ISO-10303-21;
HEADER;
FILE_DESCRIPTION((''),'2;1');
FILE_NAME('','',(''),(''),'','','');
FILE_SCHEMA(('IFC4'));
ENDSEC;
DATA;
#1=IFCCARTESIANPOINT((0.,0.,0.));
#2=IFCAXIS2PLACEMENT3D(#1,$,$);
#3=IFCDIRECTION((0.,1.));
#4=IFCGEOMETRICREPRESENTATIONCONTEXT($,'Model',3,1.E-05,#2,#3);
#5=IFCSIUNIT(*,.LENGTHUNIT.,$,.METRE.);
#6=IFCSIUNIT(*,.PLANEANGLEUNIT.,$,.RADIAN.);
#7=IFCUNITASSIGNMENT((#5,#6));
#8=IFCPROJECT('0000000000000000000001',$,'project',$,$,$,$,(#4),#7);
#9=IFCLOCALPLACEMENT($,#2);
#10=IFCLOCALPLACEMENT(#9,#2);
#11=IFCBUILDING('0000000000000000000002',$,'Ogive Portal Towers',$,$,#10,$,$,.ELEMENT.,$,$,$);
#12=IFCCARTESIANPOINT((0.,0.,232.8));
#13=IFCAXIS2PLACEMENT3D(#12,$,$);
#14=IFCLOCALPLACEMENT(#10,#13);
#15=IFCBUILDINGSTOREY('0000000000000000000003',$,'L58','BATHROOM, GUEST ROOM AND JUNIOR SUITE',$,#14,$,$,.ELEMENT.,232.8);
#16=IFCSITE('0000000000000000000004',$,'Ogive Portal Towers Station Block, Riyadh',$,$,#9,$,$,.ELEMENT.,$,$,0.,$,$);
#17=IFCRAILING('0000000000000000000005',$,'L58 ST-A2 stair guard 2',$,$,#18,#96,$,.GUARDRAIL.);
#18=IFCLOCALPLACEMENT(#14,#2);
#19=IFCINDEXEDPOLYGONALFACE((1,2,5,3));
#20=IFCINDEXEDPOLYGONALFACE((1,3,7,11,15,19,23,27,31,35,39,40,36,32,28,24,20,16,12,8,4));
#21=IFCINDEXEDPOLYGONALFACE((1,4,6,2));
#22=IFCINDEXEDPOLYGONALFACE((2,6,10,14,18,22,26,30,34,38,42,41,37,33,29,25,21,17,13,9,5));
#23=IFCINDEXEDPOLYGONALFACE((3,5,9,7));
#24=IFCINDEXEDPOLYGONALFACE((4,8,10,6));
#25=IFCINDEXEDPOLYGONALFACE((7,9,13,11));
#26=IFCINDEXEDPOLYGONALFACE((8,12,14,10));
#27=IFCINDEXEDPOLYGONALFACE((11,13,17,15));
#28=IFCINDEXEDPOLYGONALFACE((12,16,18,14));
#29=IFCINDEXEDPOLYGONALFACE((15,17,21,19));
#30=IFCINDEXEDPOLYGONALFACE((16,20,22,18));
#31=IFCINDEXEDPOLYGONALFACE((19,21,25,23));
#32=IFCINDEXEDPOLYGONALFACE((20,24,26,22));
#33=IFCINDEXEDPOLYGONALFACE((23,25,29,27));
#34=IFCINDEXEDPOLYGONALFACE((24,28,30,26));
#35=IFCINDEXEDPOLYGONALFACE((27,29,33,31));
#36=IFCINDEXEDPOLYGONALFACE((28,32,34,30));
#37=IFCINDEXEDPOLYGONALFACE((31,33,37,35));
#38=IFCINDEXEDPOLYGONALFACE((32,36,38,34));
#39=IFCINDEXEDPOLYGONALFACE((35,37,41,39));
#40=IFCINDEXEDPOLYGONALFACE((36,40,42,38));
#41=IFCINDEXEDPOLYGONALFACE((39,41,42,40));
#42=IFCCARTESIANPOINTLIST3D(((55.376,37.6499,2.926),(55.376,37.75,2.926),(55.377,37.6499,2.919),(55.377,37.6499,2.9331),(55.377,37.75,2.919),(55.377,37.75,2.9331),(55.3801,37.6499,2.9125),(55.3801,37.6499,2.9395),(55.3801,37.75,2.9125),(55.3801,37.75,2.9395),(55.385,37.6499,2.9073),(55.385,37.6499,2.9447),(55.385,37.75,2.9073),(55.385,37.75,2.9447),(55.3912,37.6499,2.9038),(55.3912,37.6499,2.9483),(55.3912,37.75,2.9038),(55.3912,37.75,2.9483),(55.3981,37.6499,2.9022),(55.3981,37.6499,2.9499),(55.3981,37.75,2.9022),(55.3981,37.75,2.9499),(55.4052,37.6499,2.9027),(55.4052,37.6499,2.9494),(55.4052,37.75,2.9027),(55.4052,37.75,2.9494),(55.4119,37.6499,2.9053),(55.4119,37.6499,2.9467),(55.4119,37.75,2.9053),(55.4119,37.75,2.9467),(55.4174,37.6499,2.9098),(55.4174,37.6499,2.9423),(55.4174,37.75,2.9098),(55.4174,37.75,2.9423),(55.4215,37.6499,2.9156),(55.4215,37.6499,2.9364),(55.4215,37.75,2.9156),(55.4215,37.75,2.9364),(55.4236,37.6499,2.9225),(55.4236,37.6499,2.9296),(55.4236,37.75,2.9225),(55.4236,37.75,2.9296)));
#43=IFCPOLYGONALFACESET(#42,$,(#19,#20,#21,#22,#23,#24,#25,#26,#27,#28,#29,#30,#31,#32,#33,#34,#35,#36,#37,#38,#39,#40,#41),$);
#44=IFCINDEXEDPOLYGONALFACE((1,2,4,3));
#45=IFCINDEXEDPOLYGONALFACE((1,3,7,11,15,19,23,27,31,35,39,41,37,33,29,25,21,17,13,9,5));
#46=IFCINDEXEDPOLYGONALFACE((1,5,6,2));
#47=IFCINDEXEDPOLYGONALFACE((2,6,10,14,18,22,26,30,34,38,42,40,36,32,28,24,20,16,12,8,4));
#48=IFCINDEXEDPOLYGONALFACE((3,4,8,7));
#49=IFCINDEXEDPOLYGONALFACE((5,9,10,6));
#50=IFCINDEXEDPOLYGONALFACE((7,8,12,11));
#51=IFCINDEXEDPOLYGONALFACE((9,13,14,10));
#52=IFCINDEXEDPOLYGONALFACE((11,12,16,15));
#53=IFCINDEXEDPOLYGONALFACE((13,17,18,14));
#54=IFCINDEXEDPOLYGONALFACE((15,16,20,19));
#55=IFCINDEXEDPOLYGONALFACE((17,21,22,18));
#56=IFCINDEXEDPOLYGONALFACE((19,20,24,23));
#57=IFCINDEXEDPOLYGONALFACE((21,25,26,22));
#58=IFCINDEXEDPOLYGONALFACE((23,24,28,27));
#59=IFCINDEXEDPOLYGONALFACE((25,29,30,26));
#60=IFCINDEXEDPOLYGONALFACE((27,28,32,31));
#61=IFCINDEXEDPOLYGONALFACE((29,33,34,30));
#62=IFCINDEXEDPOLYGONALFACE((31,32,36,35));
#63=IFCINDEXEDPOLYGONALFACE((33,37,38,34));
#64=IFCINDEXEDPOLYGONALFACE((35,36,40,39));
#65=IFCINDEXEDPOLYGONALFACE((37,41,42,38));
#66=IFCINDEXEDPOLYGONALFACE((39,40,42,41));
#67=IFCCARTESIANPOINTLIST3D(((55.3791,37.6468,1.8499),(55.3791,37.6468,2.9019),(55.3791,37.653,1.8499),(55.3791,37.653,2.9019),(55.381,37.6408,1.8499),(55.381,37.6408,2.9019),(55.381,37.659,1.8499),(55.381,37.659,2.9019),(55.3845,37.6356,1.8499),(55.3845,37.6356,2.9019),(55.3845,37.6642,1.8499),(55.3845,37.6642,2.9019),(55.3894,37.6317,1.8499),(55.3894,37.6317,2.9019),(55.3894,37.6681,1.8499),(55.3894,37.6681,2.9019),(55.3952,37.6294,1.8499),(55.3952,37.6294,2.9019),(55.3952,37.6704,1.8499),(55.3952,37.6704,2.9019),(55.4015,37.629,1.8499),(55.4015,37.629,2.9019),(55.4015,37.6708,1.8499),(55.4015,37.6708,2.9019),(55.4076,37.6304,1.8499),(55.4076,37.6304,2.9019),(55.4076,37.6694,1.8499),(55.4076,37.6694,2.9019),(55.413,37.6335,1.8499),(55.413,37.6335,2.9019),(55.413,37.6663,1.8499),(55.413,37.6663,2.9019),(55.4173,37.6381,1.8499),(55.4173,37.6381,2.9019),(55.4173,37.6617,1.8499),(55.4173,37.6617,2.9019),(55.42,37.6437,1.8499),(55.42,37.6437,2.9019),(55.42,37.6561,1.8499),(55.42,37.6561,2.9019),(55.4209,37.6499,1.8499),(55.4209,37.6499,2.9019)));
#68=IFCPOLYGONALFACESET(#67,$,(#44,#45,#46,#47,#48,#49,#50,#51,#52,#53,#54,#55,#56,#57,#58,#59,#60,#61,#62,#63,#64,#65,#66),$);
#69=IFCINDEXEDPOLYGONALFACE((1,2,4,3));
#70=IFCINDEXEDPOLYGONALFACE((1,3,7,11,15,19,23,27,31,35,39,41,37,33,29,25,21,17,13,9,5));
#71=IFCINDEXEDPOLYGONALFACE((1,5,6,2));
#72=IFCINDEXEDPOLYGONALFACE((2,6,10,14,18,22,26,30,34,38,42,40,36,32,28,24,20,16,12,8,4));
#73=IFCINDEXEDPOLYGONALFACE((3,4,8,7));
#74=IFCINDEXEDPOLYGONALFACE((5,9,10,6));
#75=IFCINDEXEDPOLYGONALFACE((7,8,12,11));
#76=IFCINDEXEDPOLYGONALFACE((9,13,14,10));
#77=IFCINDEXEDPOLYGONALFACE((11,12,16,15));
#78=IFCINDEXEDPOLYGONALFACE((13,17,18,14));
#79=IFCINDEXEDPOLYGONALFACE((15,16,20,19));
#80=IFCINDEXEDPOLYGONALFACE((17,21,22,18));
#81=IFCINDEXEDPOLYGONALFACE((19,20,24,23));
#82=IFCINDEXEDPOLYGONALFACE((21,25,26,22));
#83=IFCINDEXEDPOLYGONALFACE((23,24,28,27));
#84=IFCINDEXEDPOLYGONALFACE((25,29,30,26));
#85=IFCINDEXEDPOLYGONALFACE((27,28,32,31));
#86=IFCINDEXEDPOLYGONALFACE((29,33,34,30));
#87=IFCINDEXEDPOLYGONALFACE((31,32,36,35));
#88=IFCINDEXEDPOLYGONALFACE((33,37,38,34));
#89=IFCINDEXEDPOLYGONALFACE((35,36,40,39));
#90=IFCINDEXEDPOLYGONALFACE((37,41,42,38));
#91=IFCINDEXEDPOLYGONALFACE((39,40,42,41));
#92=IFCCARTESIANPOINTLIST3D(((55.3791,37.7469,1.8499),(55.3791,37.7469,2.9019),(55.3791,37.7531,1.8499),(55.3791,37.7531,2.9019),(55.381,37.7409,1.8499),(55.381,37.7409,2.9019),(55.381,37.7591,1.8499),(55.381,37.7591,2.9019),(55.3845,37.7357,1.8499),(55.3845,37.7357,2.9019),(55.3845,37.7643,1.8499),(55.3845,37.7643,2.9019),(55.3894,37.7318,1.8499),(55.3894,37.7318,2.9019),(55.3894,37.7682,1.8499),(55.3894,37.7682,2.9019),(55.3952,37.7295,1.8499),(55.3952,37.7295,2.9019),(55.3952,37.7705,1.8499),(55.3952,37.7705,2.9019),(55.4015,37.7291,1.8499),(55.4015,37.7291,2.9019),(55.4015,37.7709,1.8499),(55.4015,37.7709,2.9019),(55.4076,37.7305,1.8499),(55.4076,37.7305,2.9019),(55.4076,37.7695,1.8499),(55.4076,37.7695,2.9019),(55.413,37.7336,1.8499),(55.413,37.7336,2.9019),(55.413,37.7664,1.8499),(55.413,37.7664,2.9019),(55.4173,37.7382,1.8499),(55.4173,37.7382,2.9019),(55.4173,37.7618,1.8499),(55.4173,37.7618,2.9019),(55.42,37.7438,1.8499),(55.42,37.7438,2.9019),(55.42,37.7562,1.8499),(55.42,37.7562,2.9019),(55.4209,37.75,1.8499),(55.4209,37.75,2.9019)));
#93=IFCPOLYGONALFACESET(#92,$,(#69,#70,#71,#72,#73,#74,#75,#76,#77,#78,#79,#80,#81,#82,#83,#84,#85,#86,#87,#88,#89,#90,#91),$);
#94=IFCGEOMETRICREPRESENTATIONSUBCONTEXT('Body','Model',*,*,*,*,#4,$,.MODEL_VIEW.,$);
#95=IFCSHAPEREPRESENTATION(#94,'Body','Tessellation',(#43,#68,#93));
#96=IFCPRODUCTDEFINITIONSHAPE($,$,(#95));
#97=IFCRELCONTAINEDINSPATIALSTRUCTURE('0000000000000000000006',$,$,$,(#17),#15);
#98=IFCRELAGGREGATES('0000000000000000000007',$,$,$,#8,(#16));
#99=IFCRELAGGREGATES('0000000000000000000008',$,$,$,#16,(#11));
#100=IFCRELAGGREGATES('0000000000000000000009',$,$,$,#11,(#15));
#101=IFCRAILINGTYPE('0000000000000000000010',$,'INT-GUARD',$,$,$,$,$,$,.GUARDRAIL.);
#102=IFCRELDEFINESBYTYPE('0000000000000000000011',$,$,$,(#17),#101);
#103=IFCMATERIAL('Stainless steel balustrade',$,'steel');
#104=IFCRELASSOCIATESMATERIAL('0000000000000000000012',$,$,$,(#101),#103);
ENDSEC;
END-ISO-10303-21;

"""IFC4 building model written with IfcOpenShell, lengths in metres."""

from ifc_helpers import new_model, si_unit, direction, frame, origin, origin_2d, place, context, subcontext, project, spatial, circle, extrude, material, type_object, element, save


model = new_model("IFC4")

# Units and contexts
model_context = context("Model", 3, precision=1e-05, world=origin(), true_north=direction((0.0, 1.0)))
body_context = subcontext(model_context, "Body", "Model", "MODEL_VIEW")
ifc_project = project(units=[si_unit("LENGTHUNIT", "METRE"), si_unit("PLANEANGLEUNIT", "RADIAN")], contexts=[model_context])

# Site, building, storey
site_placement = place(None, origin())
site = spatial("IfcSite", under=ifc_project, at=site_placement, Name="Ogive Portal Towers Station Block, Riyadh", CompositionType="ELEMENT", RefElevation=0.0)
building_placement = place(site_placement, origin())
building = spatial("IfcBuilding", under=site, at=building_placement, Name="Ogive Portal Towers", CompositionType="ELEMENT")
storey_placement = place(building_placement, frame((0.0, 0.0, 232.8)))
storey = spatial("IfcBuildingStorey", under=building, at=storey_placement, Name="L58", Description="BATHROOM, GUEST ROOM AND JUNIOR SUITE", CompositionType="ELEMENT", Elevation=232.8)

# Railing
ifc_material_1 = material(Name="Stainless steel balustrade", Category="steel")
railing_type_1 = type_object("IfcRailingType", Name="INT-GUARD", PredefinedType="GUARDRAIL", material=ifc_material_1)
railing_1_placement = place(storey_placement, frame((55.3999, 37.6499, 1.8499)))
element("IfcRailing", 1, at=railing_1_placement, inside=storey, type_object=railing_type_1, Name="L58 ST-A2 stair guard 2", PredefinedType="GUARDRAIL", context=body_context, shape_type="SweptSolid", body=[
    extrude(circle(Radius=0.0239, at=origin_2d()), frame((0.0, 0.0, 1.0762), z_axis=(0.0, 1.0, 0.0), x_axis=(-1.0, 0.0, 0.0)), (0.0, 0.0, 1.0), 0.1001),
    extrude(circle(Radius=0.021, at=origin_2d()), origin(), (0.0, 0.0, 1.0), 1.052),
    extrude(circle(Radius=0.021, at=origin_2d()), frame((0.0, 0.1001, 0.0)), (0.0, 0.0, 1.0), 1.052),
])

save(model, "model.ifc")
